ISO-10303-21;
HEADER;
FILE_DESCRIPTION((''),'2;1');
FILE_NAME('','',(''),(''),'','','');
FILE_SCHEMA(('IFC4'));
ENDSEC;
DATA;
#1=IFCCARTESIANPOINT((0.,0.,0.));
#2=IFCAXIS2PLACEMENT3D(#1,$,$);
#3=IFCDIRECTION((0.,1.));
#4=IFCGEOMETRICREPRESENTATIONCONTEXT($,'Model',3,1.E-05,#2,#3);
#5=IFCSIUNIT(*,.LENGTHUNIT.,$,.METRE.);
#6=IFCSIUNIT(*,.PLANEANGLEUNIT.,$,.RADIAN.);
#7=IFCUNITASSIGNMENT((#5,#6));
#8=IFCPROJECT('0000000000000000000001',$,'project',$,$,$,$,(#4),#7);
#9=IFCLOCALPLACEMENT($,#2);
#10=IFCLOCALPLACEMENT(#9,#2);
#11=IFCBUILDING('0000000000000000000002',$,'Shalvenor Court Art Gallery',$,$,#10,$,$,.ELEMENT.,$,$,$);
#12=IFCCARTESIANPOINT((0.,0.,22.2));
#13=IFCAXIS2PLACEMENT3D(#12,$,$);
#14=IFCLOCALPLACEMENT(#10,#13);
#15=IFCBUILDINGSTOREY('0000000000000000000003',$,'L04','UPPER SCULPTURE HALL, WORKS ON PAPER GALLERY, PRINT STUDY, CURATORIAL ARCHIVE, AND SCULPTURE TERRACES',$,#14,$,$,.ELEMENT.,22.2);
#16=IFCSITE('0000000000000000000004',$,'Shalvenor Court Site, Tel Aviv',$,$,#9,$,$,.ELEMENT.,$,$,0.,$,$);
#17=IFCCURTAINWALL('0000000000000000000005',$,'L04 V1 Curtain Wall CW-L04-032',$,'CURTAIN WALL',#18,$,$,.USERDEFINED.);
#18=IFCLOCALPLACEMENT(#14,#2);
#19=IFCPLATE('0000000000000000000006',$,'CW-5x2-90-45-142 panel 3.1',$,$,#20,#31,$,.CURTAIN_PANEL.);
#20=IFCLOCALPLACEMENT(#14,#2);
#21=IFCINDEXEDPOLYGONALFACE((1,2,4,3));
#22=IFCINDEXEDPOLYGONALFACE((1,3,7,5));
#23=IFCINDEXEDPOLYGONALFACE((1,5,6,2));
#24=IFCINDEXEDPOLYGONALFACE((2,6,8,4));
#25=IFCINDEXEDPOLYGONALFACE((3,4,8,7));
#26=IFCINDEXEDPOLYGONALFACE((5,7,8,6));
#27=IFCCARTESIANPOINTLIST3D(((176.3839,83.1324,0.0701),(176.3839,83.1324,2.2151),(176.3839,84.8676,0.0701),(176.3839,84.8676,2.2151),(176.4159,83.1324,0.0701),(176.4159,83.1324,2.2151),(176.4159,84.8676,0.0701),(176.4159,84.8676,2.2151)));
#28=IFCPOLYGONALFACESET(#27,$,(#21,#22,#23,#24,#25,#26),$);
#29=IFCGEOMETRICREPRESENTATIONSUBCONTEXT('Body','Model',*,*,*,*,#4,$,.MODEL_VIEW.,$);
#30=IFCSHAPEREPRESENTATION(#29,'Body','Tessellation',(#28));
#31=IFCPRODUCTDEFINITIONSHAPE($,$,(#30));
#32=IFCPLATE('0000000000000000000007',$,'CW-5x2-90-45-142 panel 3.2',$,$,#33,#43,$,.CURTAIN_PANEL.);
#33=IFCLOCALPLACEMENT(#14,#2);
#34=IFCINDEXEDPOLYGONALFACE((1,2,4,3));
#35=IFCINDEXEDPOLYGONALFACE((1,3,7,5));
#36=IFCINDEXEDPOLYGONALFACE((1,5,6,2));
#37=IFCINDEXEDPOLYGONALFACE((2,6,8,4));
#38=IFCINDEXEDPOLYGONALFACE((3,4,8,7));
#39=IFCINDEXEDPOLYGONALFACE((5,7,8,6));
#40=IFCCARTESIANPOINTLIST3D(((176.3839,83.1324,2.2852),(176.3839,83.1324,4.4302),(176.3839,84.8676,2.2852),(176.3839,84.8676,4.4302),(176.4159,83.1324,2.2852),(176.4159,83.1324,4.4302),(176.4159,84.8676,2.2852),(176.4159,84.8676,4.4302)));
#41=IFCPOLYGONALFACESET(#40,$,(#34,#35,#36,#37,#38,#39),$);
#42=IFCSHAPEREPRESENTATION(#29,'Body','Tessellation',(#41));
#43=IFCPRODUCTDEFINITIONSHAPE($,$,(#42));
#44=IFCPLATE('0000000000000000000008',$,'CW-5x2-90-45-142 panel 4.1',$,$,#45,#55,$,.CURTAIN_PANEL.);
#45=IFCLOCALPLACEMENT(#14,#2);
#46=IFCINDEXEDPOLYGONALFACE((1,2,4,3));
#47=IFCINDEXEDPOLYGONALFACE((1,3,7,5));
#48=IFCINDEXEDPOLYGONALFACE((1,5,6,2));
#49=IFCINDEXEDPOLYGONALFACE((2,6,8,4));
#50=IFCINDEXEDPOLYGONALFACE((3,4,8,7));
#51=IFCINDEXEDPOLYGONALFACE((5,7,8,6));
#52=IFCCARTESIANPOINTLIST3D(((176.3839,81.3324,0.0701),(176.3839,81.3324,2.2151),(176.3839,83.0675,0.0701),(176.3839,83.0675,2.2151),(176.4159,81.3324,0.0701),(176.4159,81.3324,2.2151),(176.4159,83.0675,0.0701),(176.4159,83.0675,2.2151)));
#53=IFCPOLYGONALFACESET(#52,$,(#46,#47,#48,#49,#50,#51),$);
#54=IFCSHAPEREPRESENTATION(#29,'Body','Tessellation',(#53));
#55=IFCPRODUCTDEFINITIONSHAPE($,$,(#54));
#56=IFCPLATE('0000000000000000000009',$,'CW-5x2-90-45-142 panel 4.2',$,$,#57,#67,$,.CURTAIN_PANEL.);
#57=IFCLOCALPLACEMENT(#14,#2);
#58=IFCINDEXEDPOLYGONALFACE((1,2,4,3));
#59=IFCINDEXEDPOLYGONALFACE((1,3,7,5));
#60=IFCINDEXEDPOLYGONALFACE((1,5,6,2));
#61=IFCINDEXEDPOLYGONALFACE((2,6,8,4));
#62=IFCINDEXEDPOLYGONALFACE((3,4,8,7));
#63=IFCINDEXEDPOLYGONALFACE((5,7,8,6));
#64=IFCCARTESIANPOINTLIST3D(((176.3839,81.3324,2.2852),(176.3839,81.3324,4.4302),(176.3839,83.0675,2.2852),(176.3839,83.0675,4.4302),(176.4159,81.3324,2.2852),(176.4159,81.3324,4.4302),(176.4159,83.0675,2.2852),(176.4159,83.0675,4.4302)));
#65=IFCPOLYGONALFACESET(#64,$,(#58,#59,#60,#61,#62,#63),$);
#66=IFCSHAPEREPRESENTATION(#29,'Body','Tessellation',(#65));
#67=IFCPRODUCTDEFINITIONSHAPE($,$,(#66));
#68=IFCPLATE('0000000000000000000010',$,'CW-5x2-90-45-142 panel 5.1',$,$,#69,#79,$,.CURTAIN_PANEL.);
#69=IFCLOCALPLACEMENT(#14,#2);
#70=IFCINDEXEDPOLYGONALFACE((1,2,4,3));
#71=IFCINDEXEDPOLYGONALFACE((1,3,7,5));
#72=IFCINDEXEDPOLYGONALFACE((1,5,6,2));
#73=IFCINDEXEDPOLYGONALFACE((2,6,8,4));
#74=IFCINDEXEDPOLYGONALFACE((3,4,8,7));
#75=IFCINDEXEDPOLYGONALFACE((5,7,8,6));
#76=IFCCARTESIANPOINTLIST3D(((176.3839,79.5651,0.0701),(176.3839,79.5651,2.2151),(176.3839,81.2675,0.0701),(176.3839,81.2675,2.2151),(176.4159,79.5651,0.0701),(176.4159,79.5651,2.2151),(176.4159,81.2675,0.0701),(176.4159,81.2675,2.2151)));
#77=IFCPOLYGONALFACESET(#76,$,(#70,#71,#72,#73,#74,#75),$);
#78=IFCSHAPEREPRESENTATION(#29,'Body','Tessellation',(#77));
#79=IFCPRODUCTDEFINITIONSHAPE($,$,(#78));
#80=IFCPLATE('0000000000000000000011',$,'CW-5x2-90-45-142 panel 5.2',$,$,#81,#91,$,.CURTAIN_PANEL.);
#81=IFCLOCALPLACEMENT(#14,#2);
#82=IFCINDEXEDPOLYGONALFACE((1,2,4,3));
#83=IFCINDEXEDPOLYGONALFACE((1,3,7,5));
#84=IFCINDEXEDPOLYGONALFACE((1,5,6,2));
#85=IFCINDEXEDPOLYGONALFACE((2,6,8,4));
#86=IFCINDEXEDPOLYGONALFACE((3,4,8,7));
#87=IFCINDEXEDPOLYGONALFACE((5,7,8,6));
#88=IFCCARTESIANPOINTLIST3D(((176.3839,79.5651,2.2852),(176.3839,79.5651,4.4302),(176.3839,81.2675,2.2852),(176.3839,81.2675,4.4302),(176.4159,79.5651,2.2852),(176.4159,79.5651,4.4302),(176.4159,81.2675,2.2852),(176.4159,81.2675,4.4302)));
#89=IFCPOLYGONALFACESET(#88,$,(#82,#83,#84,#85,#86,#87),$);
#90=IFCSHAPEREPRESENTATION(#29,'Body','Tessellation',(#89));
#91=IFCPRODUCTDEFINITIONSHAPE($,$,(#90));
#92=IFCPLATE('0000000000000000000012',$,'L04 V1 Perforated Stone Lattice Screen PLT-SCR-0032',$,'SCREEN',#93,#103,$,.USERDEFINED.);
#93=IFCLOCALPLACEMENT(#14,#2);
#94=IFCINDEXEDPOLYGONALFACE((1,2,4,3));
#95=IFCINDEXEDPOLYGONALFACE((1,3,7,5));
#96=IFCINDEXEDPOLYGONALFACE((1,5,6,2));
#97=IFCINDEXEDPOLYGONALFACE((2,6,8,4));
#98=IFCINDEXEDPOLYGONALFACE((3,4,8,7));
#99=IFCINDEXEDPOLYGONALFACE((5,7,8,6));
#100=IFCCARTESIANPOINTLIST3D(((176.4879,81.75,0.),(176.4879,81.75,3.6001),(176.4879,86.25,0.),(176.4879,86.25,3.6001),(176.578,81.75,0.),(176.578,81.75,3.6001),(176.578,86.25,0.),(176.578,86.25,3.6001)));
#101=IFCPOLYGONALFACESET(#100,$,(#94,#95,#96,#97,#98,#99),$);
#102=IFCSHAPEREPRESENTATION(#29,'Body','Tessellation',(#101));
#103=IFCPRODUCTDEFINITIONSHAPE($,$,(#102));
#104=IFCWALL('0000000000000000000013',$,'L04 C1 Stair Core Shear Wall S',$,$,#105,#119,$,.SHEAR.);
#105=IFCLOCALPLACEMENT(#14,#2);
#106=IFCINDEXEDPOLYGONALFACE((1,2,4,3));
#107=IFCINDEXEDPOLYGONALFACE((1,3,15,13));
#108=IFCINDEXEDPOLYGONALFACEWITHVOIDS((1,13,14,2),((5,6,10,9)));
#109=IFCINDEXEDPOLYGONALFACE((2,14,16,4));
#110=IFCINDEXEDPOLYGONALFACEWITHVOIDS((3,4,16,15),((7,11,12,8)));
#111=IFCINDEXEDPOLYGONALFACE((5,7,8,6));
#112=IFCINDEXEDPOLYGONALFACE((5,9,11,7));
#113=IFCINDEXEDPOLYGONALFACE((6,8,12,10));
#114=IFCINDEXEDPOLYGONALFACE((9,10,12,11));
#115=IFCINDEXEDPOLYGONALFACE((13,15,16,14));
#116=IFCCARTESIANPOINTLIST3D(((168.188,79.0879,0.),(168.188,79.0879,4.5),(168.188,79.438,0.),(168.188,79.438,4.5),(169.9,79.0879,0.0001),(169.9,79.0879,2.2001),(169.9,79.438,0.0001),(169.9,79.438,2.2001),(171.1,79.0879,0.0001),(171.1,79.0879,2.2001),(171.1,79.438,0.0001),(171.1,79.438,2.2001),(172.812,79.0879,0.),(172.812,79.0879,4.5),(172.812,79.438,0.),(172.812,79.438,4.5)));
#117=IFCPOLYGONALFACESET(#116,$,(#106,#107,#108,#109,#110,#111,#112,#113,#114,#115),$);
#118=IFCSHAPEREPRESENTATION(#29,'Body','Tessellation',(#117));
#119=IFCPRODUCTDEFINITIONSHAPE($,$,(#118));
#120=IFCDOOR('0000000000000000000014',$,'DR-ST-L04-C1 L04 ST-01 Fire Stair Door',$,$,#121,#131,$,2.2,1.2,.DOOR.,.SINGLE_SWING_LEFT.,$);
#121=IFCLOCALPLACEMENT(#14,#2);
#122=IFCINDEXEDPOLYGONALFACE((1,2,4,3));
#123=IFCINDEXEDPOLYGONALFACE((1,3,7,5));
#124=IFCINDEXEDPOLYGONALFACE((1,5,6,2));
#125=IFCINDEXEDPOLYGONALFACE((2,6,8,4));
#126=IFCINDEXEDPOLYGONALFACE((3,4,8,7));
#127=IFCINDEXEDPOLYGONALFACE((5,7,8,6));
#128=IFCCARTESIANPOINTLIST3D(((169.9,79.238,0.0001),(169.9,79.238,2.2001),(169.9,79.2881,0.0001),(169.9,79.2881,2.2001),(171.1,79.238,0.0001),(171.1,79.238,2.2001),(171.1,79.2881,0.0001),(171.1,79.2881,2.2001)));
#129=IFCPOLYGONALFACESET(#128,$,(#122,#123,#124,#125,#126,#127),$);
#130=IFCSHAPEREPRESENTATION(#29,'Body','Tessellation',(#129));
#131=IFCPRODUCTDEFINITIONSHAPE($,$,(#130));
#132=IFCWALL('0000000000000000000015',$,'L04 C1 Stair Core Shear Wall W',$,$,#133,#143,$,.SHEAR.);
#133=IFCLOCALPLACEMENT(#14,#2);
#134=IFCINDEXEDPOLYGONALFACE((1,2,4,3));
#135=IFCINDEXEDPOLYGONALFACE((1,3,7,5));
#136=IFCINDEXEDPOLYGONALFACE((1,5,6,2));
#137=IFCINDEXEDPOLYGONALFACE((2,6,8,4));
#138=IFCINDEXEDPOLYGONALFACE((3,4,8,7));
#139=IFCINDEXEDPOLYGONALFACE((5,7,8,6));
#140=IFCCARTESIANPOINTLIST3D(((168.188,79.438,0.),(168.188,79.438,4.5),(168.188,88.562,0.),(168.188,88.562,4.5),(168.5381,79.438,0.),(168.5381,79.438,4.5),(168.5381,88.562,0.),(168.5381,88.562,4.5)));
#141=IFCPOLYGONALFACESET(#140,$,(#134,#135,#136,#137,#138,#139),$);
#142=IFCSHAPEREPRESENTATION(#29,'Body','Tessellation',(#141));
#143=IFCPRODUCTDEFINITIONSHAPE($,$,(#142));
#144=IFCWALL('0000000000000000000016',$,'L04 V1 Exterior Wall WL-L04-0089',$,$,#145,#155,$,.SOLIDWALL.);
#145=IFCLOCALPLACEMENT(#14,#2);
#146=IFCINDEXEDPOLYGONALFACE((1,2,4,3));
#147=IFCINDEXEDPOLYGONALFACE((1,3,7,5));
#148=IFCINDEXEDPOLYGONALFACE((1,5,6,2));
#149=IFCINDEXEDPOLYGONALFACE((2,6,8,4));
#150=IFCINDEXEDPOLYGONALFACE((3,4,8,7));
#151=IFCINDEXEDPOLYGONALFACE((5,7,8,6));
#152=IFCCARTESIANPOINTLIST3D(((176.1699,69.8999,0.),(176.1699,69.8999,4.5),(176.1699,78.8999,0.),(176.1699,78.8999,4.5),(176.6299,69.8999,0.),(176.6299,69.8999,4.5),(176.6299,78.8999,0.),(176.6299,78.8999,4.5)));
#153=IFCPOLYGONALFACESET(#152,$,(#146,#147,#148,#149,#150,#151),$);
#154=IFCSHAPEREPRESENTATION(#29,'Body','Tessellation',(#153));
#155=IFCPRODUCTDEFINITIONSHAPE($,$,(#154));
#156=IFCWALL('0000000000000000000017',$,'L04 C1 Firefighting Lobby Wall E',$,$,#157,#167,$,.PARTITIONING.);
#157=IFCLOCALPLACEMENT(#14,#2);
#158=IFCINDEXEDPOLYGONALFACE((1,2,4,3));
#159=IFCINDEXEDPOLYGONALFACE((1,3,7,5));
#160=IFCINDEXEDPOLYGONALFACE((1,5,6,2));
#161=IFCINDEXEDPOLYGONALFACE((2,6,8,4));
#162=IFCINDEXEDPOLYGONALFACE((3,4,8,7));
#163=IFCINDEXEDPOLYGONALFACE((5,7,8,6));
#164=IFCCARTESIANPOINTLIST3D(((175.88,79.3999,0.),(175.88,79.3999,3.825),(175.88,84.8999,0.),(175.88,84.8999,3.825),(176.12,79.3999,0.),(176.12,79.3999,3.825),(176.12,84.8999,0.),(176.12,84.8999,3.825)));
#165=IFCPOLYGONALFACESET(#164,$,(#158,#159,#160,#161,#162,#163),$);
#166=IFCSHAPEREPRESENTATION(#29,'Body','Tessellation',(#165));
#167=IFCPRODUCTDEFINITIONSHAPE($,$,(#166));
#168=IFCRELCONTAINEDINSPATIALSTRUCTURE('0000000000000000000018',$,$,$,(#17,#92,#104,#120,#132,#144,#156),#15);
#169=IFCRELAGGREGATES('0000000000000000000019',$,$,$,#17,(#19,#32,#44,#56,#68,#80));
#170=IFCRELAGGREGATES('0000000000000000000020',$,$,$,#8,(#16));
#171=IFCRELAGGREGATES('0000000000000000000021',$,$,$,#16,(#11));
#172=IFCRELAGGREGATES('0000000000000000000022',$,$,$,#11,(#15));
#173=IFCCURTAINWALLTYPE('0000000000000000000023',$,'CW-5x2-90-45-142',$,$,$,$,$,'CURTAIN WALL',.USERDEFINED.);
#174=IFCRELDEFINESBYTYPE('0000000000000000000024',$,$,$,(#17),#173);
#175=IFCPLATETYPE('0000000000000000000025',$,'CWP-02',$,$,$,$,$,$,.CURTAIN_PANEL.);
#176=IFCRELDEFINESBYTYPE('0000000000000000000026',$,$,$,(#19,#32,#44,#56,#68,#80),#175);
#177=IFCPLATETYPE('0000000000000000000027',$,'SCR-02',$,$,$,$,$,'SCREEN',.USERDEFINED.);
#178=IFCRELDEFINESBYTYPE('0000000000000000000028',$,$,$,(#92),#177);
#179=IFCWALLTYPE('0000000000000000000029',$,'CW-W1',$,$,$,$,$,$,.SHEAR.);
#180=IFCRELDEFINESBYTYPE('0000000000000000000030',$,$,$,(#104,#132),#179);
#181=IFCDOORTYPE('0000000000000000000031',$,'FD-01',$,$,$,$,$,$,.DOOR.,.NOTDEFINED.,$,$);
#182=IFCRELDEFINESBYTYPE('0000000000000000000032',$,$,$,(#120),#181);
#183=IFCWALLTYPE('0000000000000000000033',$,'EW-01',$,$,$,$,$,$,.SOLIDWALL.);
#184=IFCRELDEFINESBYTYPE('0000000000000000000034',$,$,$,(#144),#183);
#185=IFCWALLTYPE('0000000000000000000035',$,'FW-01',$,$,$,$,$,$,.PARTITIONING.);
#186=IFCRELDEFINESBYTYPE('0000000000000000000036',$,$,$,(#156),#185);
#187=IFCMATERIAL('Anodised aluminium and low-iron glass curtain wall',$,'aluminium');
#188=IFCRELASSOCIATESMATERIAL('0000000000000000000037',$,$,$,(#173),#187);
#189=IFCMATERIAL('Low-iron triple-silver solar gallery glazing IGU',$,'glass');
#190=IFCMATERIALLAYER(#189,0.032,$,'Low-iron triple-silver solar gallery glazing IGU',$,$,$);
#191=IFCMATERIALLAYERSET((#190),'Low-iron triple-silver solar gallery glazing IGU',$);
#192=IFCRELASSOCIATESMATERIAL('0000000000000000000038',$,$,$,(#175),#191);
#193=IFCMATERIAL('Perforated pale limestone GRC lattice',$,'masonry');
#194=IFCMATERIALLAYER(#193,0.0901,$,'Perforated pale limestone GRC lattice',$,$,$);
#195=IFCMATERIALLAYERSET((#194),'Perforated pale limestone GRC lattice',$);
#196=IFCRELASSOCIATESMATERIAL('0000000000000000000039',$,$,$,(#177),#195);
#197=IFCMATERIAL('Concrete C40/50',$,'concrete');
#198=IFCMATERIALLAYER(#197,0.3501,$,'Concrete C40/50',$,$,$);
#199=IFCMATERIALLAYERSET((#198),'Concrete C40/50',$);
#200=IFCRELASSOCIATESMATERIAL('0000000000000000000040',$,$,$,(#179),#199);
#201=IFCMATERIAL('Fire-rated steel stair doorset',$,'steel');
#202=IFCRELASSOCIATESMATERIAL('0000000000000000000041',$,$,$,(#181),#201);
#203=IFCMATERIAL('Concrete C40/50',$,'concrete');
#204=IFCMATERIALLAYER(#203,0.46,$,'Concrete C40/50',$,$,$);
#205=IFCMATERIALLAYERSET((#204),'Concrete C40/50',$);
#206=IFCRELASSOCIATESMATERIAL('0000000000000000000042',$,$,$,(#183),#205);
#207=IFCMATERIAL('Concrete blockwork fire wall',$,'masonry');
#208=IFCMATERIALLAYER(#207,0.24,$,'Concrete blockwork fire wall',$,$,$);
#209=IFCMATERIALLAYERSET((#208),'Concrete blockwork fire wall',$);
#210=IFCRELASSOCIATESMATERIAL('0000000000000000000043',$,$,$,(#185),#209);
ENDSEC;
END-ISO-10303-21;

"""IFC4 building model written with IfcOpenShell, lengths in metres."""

from ifc_helpers import new_model, si_unit, direction, frame, frame_2d, origin, origin_2d, place, context, subcontext, project, spatial, rectangle, extrude, material, layer, layer_set, type_object, element, fill, aggregate, save


model = new_model("IFC4")

# Units and contexts
model_context = context("Model", 3, precision=1e-05, world=origin(), true_north=direction((0.0, 1.0)))
body_context = subcontext(model_context, "Body", "Model", "MODEL_VIEW")
ifc_project = project(units=[si_unit("LENGTHUNIT", "METRE"), si_unit("PLANEANGLEUNIT", "RADIAN")], contexts=[model_context])

# Site, building, storey
site_placement = place(None, origin())
site = spatial("IfcSite", under=ifc_project, at=site_placement, Name="Shalvenor Court Site, Tel Aviv", CompositionType="ELEMENT", RefElevation=0.0)
building_placement = place(site_placement, origin())
building = spatial("IfcBuilding", under=site, at=building_placement, Name="Shalvenor Court Art Gallery", CompositionType="ELEMENT")
storey_placement = place(building_placement, frame((0.0, 0.0, 22.2)))
storey = spatial("IfcBuildingStorey", under=building, at=storey_placement, Name="L04", Description="UPPER SCULPTURE HALL, WORKS ON PAPER GALLERY, PRINT STUDY, CURATORIAL ARCHIVE, AND SCULPTURE TERRACES", CompositionType="ELEMENT", Elevation=22.2)

# Curtain wall
ifc_material_1 = material(Name="Anodised aluminium and low-iron glass curtain wall", Category="aluminium")
curtain_wall_type = type_object("IfcCurtainWallType", Name="CW-5x2-90-45-142", ElementType="CURTAIN WALL", PredefinedType="USERDEFINED", material=ifc_material_1)
curtain_wall_placement = place(storey_placement, origin())
curtain_wall = element("IfcCurtainWall", 1, at=curtain_wall_placement, inside=storey, type_object=curtain_wall_type, Name="L04 V1 Curtain Wall CW-L04-032", ObjectType="CURTAIN WALL", PredefinedType="USERDEFINED")

# Plates
ifc_material_2 = material(Name="Low-iron triple-silver solar gallery glazing IGU", Category="glass")
ifc_layer_1 = layer(ifc_material_2, 0.032, Name="Low-iron triple-silver solar gallery glazing IGU")
ifc_layer_set_1 = layer_set([ifc_layer_1], Name="Low-iron triple-silver solar gallery glazing IGU")
plate_type_1 = type_object("IfcPlateType", Name="CWP-02", PredefinedType="CURTAIN_PANEL", material=ifc_layer_set_1)
plate_1_placement = place(storey_placement, frame((176.3999, 84.0, 0.0701), z_axis=(0.0, 0.0, 1.0), x_axis=(0.0, -1.0, 0.0)))
plate_1 = element("IfcPlate", 2, at=plate_1_placement, type_object=plate_type_1, Name="CW-5x2-90-45-142 panel 3.1", PredefinedType="CURTAIN_PANEL", context=body_context, shape_type="SweptSolid", body=[
    extrude(rectangle(XDim=1.7351, YDim=0.032, at=origin_2d()), origin(), (0.0, 0.0, 1.0), 2.145),
])
plate_2_placement = place(storey_placement, frame((176.3999, 84.0, 2.2852), z_axis=(0.0, 0.0, 1.0), x_axis=(0.0, -1.0, 0.0)))
plate_2 = element("IfcPlate", 3, at=plate_2_placement, type_object=plate_type_1, Name="CW-5x2-90-45-142 panel 3.2", PredefinedType="CURTAIN_PANEL", context=body_context, shape_type="SweptSolid", body=[
    extrude(rectangle(XDim=1.7351, YDim=0.032, at=origin_2d()), origin(), (0.0, 0.0, 1.0), 2.145),
])
plate_3_placement = place(storey_placement, frame((176.3999, 82.2, 0.0701), z_axis=(0.0, 0.0, 1.0), x_axis=(0.0, -1.0, 0.0)))
plate_3 = element("IfcPlate", 4, at=plate_3_placement, type_object=plate_type_1, Name="CW-5x2-90-45-142 panel 4.1", PredefinedType="CURTAIN_PANEL", context=body_context, shape_type="SweptSolid", body=[
    extrude(rectangle(XDim=1.7351, YDim=0.032, at=origin_2d()), origin(), (0.0, 0.0, 1.0), 2.145),
])
plate_4_placement = place(storey_placement, frame((176.3999, 82.2, 2.2852), z_axis=(0.0, 0.0, 1.0), x_axis=(0.0, -1.0, 0.0)))
plate_4 = element("IfcPlate", 5, at=plate_4_placement, type_object=plate_type_1, Name="CW-5x2-90-45-142 panel 4.2", PredefinedType="CURTAIN_PANEL", context=body_context, shape_type="SweptSolid", body=[
    extrude(rectangle(XDim=1.7351, YDim=0.032, at=origin_2d()), origin(), (0.0, 0.0, 1.0), 2.145),
])
plate_5_placement = place(storey_placement, frame((176.3999, 80.4163, 0.0701), z_axis=(0.0, 0.0, 1.0), x_axis=(0.0, -1.0, 0.0)))
plate_5 = element("IfcPlate", 6, at=plate_5_placement, type_object=plate_type_1, Name="CW-5x2-90-45-142 panel 5.1", PredefinedType="CURTAIN_PANEL", context=body_context, shape_type="SweptSolid", body=[
    extrude(rectangle(XDim=1.7024, YDim=0.032, at=origin_2d()), origin(), (0.0, 0.0, 1.0), 2.145),
])
plate_6_placement = place(storey_placement, frame((176.3999, 80.4163, 2.2852), z_axis=(0.0, 0.0, 1.0), x_axis=(0.0, -1.0, 0.0)))
plate_6 = element("IfcPlate", 7, at=plate_6_placement, type_object=plate_type_1, Name="CW-5x2-90-45-142 panel 5.2", PredefinedType="CURTAIN_PANEL", context=body_context, shape_type="SweptSolid", body=[
    extrude(rectangle(XDim=1.7024, YDim=0.032, at=origin_2d()), origin(), (0.0, 0.0, 1.0), 2.145),
])
aggregate(curtain_wall, [plate_1, plate_2, plate_3, plate_4, plate_5, plate_6])
ifc_material_3 = material(Name="Perforated pale limestone GRC lattice", Category="masonry")
ifc_layer_2 = layer(ifc_material_3, 0.0901, Name="Perforated pale limestone GRC lattice")
ifc_layer_set_2 = layer_set([ifc_layer_2], Name="Perforated pale limestone GRC lattice")
plate_type_2 = type_object("IfcPlateType", Name="SCR-02", ElementType="SCREEN", PredefinedType="USERDEFINED", material=ifc_layer_set_2)
plate_7_placement = place(storey_placement, frame((176.533, 84.0, 0.0), z_axis=(0.0, 0.0, 1.0), x_axis=(0.0, -1.0, 0.0)))
element("IfcPlate", 8, at=plate_7_placement, inside=storey, type_object=plate_type_2, Name="L04 V1 Perforated Stone Lattice Screen PLT-SCR-0032", ObjectType="SCREEN", PredefinedType="USERDEFINED", context=body_context, shape_type="SweptSolid", body=[
    extrude(rectangle(XDim=4.5, YDim=0.0901, at=origin_2d()), origin(), (0.0, 0.0, 1.0), 3.6001),
])

# Wall, opening, door
ifc_material_4 = material(Name="Concrete C40/50", Category="concrete")
ifc_layer_3 = layer(ifc_material_4, 0.3501, Name="Concrete C40/50")
ifc_layer_set_3 = layer_set([ifc_layer_3], Name="Concrete C40/50")
wall_type_1 = type_object("IfcWallType", Name="CW-W1", PredefinedType="SHEAR", material=ifc_layer_set_3)
wall_1_placement = place(storey_placement, frame((172.812, 79.2629, 0.0), z_axis=(0.0, 0.0, 1.0), x_axis=(-1.0, 0.0, 0.0)))
wall_1 = element("IfcWall", 9, at=wall_1_placement, inside=storey, type_object=wall_type_1, Name="L04 C1 Stair Core Shear Wall S", PredefinedType="SHEAR", context=body_context, shape_type="SweptSolid", body=[
    extrude(rectangle(XDim=4.624, YDim=0.3501, at=frame_2d((2.312, 0.0))), origin(), (0.0, 0.0, 1.0), 4.5),
])
opening_1_placement = place(wall_1_placement, frame((1.7119, 0.0, 0.0)))
opening_1 = element("IfcOpeningElement", 10, at=opening_1_placement, cuts=wall_1, PredefinedType="OPENING", context=body_context, shape_type="SweptSolid", body=[
    extrude(rectangle(XDim=1.2, YDim=2.2, at=frame_2d((0.6001, 1.1001))), frame((0.0, 0.1851, 0.0), z_axis=(0.0, -1.0, 0.0), x_axis=(1.0, 0.0, 0.0)), (0.0, 0.0, 1.0), 0.3701),
])
ifc_material_5 = material(Name="Fire-rated steel stair doorset", Category="steel")
door_type_1 = type_object("IfcDoorType", Name="FD-01", OperationType="NOTDEFINED", PredefinedType="DOOR", material=ifc_material_5)
door_1_placement = place(opening_1_placement, origin())
door_1 = element("IfcDoor", 11, at=door_1_placement, inside=storey, type_object=door_type_1, Name="DR-ST-L04-C1 L04 ST-01 Fire Stair Door", OperationType="SINGLE_SWING_LEFT", OverallHeight=2.2, OverallWidth=1.2, PredefinedType="DOOR", context=body_context, shape_type="SweptSolid", body=[
    extrude(rectangle(XDim=1.2, YDim=2.2, at=frame_2d((0.6001, 1.1001))), frame((0.0, 0.0249, 0.0), z_axis=(0.0, -1.0, 0.0), x_axis=(1.0, 0.0, 0.0)), (0.0, 0.0, 1.0), 0.05),
])
fill(opening_1, door_1)

# Walls
wall_2_placement = place(storey_placement, frame((168.363, 79.438, 0.0), z_axis=(0.0, 0.0, 1.0), x_axis=(0.0, 1.0, 0.0)))
element("IfcWall", 12, at=wall_2_placement, inside=storey, type_object=wall_type_1, Name="L04 C1 Stair Core Shear Wall W", PredefinedType="SHEAR", context=body_context, shape_type="SweptSolid", body=[
    extrude(rectangle(XDim=9.124, YDim=0.3501, at=frame_2d((4.562, 0.0))), origin(), (0.0, 0.0, 1.0), 4.5),
])
ifc_material_6 = material(Name="Concrete C40/50", Category="concrete")
ifc_layer_4 = layer(ifc_material_6, 0.46, Name="Concrete C40/50")
ifc_layer_set_4 = layer_set([ifc_layer_4], Name="Concrete C40/50")
wall_type_2 = type_object("IfcWallType", Name="EW-01", PredefinedType="SOLIDWALL", material=ifc_layer_set_4)
wall_3_placement = place(storey_placement, frame((176.3999, 78.8999, 0.0), z_axis=(0.0, 0.0, 1.0), x_axis=(0.0, -1.0, 0.0)))
element("IfcWall", 13, at=wall_3_placement, inside=storey, type_object=wall_type_2, Name="L04 V1 Exterior Wall WL-L04-0089", PredefinedType="SOLIDWALL", context=body_context, shape_type="SweptSolid", body=[
    extrude(rectangle(XDim=9.0, YDim=0.46, at=frame_2d((4.5, 0.0))), origin(), (0.0, 0.0, 1.0), 4.5),
])
ifc_material_7 = material(Name="Concrete blockwork fire wall", Category="masonry")
ifc_layer_5 = layer(ifc_material_7, 0.24, Name="Concrete blockwork fire wall")
ifc_layer_set_5 = layer_set([ifc_layer_5], Name="Concrete blockwork fire wall")
wall_type_3 = type_object("IfcWallType", Name="FW-01", PredefinedType="PARTITIONING", material=ifc_layer_set_5)
wall_4_placement = place(storey_placement, frame((176.0, 84.8999, 0.0), z_axis=(0.0, 0.0, 1.0), x_axis=(0.0, -1.0, 0.0)))
element("IfcWall", 14, at=wall_4_placement, inside=storey, type_object=wall_type_3, Name="L04 C1 Firefighting Lobby Wall E", PredefinedType="PARTITIONING", context=body_context, shape_type="SweptSolid", body=[
    extrude(rectangle(XDim=5.5, YDim=0.24, at=frame_2d((2.75, 0.0))), origin(), (0.0, 0.0, 1.0), 3.825),
])

save(model, "model.ifc")
